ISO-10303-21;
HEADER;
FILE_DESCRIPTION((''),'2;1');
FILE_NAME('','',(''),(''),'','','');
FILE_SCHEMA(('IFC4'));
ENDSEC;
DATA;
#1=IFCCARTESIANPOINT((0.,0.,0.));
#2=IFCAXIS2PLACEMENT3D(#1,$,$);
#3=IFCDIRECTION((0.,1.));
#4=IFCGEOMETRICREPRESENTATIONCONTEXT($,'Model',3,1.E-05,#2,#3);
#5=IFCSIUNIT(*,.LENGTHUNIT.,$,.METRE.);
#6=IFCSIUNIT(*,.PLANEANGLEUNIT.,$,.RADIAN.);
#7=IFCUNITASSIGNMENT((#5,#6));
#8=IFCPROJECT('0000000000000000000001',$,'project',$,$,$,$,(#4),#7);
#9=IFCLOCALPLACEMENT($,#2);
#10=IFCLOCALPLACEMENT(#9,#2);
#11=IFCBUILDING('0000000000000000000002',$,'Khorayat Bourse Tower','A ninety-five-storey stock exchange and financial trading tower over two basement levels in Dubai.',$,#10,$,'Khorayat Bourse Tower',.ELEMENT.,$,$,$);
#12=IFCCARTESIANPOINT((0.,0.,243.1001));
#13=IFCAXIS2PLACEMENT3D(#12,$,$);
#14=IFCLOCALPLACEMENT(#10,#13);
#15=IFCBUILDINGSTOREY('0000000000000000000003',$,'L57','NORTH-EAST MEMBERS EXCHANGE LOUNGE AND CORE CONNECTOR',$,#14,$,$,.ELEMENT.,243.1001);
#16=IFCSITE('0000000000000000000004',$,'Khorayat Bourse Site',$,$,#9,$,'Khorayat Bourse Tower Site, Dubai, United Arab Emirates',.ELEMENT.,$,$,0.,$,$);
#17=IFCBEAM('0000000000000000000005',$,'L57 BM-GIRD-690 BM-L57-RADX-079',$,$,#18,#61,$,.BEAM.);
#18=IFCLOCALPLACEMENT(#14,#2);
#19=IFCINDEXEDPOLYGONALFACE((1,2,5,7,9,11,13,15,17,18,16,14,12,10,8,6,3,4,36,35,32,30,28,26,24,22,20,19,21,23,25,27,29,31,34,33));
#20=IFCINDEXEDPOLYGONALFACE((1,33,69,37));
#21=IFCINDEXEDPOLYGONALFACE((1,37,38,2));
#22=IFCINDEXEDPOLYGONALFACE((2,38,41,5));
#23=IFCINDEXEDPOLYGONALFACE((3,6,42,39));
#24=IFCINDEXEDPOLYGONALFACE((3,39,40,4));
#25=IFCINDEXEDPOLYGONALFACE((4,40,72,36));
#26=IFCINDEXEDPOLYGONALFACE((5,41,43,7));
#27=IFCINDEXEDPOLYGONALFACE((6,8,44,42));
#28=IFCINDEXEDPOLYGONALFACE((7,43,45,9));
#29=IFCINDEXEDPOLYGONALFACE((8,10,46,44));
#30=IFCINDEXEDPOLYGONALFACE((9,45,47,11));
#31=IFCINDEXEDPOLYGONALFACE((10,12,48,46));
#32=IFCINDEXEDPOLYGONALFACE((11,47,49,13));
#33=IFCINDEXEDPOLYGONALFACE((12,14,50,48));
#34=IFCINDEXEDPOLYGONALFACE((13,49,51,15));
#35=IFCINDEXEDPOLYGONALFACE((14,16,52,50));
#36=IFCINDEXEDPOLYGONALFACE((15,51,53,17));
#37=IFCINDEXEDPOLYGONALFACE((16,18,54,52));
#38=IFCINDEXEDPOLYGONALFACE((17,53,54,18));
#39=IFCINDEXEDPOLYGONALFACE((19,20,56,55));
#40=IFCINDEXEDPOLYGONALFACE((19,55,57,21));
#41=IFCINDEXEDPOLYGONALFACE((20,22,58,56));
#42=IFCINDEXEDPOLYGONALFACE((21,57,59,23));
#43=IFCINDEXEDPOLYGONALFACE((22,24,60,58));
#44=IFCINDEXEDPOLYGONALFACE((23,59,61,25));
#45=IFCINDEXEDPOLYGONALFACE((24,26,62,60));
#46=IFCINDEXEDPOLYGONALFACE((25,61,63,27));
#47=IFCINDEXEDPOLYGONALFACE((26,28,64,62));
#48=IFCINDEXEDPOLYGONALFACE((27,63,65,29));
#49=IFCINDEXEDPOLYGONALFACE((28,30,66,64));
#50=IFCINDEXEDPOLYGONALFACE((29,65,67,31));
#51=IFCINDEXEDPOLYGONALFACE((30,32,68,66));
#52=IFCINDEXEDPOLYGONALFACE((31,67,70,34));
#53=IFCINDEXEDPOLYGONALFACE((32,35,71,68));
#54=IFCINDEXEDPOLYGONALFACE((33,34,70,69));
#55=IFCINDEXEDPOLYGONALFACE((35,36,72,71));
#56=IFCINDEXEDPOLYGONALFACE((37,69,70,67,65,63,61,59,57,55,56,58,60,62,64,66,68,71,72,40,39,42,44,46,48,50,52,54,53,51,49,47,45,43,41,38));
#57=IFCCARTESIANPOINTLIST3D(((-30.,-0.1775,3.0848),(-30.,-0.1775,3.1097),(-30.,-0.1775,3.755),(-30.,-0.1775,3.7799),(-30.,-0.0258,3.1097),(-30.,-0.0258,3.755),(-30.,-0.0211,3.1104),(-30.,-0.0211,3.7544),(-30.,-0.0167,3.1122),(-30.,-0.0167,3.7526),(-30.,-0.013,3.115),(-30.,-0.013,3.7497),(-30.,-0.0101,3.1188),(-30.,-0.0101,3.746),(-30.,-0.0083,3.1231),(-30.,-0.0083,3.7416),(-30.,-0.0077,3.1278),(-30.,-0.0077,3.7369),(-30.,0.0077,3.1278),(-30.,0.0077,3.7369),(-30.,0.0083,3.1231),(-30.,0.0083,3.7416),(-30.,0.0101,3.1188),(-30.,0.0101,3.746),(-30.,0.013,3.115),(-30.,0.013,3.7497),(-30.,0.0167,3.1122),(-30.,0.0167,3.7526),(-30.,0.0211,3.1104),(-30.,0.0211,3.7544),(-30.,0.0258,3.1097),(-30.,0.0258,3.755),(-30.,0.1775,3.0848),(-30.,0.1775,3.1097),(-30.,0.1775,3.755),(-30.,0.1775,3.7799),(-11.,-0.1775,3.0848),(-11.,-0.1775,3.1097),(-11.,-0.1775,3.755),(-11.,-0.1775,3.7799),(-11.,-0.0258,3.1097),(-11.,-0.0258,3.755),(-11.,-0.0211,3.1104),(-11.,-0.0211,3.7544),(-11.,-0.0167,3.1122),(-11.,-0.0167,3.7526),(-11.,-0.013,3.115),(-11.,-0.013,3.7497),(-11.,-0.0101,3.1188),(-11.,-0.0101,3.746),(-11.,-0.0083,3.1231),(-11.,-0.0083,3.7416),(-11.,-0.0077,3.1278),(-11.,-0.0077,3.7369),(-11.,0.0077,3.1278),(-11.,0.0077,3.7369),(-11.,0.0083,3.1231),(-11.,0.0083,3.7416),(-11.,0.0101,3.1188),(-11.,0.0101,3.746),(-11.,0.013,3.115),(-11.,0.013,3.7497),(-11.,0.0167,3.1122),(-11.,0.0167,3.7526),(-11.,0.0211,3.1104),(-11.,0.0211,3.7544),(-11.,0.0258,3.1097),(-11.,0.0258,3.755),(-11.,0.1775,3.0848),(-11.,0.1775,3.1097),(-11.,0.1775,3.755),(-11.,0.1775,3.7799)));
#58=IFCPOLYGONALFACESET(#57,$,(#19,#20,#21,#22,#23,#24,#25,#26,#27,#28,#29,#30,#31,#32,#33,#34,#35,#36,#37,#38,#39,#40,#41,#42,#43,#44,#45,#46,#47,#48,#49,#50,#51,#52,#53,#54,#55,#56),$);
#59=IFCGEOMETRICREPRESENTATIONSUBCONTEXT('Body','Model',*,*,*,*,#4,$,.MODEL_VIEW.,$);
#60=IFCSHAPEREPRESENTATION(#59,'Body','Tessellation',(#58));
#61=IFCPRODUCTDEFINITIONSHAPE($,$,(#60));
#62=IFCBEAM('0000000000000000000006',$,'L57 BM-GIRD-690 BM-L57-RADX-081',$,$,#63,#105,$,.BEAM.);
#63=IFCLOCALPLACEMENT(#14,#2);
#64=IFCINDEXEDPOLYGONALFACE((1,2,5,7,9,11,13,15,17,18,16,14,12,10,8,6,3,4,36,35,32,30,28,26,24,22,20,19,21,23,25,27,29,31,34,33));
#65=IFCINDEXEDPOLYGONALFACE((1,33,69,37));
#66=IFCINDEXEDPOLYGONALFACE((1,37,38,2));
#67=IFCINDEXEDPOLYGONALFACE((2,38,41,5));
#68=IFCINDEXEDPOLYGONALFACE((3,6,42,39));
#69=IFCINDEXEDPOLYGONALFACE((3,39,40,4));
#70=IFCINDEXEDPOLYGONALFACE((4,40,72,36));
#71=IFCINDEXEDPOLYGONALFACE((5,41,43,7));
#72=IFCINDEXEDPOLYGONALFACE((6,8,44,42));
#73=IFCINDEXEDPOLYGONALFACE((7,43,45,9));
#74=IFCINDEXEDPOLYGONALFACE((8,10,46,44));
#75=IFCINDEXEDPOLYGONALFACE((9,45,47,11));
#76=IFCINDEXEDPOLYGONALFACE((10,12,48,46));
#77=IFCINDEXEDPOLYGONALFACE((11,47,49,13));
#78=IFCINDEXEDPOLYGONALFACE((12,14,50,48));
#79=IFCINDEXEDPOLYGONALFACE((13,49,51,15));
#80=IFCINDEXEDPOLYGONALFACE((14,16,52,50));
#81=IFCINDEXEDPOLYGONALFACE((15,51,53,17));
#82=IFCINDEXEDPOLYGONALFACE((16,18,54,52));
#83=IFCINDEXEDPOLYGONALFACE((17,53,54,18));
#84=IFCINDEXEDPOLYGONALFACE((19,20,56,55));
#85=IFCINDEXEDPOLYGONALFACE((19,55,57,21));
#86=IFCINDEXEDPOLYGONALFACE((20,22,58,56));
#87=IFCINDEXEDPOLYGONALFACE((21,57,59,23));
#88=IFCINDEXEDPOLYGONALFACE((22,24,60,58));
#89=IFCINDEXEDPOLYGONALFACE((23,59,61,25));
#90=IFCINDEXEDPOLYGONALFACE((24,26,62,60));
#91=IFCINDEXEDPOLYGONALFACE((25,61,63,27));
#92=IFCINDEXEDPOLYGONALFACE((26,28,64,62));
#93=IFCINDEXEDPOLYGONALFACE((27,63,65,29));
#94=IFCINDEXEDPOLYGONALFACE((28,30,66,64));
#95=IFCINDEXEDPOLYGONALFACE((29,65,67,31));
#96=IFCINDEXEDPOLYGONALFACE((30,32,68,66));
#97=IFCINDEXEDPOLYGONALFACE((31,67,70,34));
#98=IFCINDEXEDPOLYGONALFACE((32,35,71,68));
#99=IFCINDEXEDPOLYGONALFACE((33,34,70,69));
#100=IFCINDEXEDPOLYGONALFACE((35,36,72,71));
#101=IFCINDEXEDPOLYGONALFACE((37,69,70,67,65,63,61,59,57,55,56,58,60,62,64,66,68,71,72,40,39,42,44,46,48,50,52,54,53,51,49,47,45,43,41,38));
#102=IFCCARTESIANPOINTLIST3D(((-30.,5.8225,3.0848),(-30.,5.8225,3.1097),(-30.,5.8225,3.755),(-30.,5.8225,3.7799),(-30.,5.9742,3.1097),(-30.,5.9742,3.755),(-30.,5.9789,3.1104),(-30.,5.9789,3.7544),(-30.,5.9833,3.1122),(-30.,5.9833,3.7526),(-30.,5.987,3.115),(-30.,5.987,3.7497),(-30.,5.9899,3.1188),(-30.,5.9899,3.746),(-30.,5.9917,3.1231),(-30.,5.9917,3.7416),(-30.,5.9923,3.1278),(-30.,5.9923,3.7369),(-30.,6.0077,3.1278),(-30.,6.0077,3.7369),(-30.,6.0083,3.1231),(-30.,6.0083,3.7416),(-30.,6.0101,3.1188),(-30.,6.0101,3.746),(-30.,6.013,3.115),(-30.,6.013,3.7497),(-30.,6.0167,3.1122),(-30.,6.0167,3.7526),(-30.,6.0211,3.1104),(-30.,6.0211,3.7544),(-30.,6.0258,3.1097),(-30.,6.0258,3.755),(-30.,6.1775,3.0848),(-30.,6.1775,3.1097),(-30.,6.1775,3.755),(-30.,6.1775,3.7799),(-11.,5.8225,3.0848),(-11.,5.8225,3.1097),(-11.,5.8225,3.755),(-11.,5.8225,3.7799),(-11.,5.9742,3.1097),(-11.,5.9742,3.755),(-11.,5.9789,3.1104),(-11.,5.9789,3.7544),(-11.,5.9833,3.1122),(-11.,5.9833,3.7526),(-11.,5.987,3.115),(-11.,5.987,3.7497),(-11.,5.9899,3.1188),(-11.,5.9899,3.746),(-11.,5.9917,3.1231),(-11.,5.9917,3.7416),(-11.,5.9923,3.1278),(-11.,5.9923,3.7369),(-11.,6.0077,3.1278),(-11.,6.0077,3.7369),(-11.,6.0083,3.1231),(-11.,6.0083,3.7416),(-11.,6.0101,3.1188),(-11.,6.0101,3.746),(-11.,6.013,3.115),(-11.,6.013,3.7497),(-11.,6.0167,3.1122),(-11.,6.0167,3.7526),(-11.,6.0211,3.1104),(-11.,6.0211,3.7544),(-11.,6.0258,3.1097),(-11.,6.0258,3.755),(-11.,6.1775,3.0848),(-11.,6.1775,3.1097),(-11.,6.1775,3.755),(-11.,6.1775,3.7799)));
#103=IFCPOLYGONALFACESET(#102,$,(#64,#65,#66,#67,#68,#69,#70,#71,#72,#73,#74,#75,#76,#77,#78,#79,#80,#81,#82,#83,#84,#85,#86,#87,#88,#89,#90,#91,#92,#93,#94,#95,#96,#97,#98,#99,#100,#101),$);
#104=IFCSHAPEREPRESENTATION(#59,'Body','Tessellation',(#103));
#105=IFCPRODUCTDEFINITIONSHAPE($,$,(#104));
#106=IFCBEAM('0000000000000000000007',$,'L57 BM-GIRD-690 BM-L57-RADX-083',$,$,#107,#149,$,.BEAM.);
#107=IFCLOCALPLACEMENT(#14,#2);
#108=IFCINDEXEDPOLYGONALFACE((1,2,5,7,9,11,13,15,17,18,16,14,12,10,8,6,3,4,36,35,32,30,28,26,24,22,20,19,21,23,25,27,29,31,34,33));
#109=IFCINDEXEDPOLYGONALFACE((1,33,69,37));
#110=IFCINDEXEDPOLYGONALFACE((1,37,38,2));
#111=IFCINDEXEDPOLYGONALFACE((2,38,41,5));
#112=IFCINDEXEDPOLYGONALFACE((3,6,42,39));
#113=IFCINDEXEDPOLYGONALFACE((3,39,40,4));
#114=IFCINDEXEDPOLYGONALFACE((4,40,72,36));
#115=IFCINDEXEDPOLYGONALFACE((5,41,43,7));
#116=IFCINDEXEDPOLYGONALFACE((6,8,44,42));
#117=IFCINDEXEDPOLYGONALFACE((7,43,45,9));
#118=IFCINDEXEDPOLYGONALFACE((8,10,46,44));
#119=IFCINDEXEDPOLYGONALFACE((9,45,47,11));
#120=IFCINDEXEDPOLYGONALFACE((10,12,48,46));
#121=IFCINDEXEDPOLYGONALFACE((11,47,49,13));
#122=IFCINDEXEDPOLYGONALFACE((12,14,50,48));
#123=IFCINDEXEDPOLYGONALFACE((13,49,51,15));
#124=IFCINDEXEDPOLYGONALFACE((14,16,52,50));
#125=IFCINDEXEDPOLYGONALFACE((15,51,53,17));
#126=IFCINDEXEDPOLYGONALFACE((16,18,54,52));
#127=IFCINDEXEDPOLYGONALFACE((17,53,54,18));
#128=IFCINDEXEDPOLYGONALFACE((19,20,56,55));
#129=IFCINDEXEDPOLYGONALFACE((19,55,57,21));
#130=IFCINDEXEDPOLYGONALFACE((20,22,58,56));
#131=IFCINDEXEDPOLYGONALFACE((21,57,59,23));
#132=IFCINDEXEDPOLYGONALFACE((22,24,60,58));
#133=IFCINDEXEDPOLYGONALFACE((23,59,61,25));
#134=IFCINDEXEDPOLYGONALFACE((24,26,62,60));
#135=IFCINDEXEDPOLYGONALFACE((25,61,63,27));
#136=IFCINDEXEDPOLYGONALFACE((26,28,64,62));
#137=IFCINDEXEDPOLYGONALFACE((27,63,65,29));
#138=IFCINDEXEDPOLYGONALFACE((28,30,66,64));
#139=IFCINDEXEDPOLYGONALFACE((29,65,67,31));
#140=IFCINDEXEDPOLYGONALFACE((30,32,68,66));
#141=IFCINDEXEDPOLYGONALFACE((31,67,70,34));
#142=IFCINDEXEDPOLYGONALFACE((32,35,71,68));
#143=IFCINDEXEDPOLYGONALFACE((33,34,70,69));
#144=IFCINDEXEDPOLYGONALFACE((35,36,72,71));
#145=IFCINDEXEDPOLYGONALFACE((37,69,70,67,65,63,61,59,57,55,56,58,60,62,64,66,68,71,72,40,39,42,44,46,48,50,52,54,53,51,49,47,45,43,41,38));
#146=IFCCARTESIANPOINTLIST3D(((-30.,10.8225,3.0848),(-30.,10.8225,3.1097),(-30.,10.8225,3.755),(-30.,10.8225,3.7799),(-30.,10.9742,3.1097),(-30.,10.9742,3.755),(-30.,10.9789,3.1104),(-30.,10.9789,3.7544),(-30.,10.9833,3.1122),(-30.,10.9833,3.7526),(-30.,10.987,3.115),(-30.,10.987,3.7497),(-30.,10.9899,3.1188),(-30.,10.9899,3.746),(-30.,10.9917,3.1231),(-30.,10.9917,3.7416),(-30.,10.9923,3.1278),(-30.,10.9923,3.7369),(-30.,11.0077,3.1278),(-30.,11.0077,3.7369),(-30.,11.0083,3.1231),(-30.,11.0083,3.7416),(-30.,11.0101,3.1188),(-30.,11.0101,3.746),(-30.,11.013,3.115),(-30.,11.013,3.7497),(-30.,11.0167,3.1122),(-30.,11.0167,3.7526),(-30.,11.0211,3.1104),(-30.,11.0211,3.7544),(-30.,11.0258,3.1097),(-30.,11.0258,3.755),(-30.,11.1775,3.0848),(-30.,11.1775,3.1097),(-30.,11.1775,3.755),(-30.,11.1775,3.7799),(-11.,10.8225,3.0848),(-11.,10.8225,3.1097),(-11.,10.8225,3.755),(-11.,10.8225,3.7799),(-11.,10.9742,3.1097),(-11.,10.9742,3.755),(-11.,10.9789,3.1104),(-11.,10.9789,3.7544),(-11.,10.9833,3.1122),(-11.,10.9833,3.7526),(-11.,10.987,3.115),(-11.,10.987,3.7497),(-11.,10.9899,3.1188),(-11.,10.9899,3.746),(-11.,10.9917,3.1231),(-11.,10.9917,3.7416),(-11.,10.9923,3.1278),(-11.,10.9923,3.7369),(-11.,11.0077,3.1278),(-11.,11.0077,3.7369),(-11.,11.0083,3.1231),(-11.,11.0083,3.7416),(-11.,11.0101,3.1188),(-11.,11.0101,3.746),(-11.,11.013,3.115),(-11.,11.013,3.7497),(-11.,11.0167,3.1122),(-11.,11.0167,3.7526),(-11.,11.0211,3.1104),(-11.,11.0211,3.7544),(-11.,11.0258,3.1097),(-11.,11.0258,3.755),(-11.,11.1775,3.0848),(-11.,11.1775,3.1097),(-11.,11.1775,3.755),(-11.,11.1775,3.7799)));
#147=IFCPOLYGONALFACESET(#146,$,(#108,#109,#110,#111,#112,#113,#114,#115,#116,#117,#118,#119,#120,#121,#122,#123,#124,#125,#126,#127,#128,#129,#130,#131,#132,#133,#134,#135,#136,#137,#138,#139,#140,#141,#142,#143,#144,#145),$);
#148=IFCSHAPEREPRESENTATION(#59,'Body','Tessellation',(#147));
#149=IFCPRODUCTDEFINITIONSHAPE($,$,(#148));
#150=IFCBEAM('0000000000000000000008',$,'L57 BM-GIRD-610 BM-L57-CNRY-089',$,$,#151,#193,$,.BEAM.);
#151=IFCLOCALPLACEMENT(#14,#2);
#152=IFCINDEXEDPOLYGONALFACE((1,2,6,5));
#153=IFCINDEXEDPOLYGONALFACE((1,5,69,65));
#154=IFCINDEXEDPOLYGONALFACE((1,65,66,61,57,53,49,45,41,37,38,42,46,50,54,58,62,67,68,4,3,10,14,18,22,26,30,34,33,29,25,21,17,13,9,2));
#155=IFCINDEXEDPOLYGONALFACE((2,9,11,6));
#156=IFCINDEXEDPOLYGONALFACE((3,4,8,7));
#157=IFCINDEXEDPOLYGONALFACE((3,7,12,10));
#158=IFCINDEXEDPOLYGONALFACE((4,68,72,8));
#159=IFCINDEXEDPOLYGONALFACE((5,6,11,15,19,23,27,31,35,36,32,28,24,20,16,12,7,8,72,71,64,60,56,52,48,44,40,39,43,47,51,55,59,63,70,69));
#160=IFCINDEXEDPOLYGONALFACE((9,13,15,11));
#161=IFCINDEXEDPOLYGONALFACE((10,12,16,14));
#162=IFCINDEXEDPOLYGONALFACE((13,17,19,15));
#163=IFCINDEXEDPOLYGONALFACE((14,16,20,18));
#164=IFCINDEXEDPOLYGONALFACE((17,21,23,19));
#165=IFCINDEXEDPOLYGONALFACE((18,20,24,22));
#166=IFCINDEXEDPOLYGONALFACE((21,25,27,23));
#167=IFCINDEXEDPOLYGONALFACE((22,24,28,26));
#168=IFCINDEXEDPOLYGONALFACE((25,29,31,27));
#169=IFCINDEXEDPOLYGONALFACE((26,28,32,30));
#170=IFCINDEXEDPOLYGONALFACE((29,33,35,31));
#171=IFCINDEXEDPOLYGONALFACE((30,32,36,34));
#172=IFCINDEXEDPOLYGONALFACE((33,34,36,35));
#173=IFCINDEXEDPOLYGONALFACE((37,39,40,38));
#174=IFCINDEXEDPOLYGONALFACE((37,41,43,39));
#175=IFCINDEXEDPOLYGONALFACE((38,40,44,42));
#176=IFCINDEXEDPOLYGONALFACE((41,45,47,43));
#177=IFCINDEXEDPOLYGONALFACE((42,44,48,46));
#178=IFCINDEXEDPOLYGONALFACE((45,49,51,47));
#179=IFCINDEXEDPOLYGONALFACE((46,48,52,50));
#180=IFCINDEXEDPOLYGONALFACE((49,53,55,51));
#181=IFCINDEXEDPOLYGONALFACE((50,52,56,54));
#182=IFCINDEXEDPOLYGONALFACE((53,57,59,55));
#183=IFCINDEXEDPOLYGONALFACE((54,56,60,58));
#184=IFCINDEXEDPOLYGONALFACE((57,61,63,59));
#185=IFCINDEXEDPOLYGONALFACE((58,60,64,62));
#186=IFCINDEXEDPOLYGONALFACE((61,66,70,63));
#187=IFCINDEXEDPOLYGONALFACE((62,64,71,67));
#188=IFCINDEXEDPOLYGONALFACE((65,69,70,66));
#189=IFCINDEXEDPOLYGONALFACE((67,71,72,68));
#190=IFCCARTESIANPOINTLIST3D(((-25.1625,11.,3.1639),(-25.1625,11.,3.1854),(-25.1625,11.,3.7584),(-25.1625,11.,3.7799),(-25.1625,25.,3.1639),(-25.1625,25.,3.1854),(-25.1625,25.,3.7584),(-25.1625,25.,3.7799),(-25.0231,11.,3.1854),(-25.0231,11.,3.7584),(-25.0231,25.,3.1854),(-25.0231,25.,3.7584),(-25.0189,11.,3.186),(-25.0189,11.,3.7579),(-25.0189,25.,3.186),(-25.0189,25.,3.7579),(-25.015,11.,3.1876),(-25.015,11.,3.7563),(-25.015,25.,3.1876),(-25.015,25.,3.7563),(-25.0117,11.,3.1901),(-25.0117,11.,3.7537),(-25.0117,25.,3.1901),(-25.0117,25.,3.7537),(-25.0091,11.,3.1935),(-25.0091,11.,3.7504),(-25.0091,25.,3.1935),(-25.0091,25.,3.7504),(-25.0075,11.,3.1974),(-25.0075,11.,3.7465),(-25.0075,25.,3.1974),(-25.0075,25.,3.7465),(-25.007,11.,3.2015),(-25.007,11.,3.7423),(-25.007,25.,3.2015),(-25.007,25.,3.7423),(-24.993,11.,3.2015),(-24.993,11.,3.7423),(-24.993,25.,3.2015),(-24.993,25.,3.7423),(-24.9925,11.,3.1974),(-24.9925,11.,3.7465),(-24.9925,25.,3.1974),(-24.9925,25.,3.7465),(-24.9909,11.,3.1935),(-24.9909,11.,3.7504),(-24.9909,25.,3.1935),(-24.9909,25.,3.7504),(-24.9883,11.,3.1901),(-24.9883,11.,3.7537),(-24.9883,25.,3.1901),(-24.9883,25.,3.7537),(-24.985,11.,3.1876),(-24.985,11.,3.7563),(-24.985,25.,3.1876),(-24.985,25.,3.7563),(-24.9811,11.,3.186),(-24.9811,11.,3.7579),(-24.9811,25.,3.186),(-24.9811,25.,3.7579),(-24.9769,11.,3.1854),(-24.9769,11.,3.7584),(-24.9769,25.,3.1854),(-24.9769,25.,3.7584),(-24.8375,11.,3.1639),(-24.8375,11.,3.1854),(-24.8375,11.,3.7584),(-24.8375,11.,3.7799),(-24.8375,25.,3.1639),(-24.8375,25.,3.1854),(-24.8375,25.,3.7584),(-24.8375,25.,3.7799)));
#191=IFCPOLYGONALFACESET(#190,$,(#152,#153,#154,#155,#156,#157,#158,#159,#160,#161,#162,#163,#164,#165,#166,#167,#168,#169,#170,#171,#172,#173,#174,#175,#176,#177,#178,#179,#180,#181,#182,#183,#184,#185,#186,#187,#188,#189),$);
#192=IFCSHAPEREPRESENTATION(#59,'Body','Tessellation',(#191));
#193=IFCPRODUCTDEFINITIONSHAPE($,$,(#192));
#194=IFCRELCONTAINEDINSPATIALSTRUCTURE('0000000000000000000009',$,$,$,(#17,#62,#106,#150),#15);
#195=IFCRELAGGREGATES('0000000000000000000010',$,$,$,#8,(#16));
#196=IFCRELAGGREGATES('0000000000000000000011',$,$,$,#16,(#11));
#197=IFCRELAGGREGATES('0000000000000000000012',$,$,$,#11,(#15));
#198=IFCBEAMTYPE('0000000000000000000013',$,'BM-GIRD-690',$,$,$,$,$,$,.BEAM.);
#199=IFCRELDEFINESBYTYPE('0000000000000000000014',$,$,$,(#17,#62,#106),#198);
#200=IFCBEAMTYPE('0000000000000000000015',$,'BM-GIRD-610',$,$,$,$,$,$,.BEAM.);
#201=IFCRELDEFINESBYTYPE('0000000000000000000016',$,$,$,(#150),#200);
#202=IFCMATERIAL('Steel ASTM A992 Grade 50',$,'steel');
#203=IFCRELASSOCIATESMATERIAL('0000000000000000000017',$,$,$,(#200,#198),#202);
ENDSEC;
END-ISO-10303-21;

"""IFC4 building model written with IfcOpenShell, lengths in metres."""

from ifc_helpers import new_model, si_unit, direction, frame, origin, origin_2d, place, context, subcontext, project, spatial, i_section, extrude, source, transform, mapped, material, material_profile, profile_set, type_object, element, save


model = new_model("IFC4")

# Units and contexts
model_context = context("Model", 3, precision=1e-05, world=origin(), true_north=direction((0.0, 1.0)))
body_context = subcontext(model_context, "Body", "Model", "MODEL_VIEW")
ifc_project = project(units=[si_unit("LENGTHUNIT", "METRE"), si_unit("PLANEANGLEUNIT", "RADIAN")], contexts=[model_context])

# Site, building, storey
site_placement = place(None, origin())
site = spatial("IfcSite", under=ifc_project, at=site_placement, Name="Khorayat Bourse Site", LongName="Khorayat Bourse Tower Site, Dubai, United Arab Emirates", CompositionType="ELEMENT", RefElevation=0.0)
building_placement = place(site_placement, origin())
building = spatial("IfcBuilding", under=site, at=building_placement, Name="Khorayat Bourse Tower", Description="A ninety-five-storey stock exchange and financial trading tower over two basement levels in Dubai.", LongName="Khorayat Bourse Tower", CompositionType="ELEMENT")
storey_placement = place(building_placement, frame((0.0, 0.0, 243.1001)))
storey = spatial("IfcBuildingStorey", under=building, at=storey_placement, Name="L57", Description="NORTH-EAST MEMBERS EXCHANGE LOUNGE AND CORE CONNECTOR", CompositionType="ELEMENT", Elevation=243.1001)

# Beams
ifc_material_1 = material(Name="Steel ASTM A992 Grade 50", Category="steel")
ifc_material_profile_1 = material_profile(ifc_material_1, i_section(OverallWidth=0.325, OverallDepth=0.616, WebThickness=0.0139, FlangeThickness=0.0215, FilletRadius=0.0161, at=origin_2d()), Name="W610X174")
ifc_profile_set_1 = profile_set([ifc_material_profile_1], Name="Steel ASTM A992 Grade 50")
beam_type_1 = type_object("IfcBeamType", Name="BM-GIRD-610", PredefinedType="BEAM", material=ifc_profile_set_1)
ifc_material_profile_2 = material_profile(ifc_material_1, i_section(OverallWidth=0.355, OverallDepth=0.6951, WebThickness=0.0154, FlangeThickness=0.0249, FilletRadius=0.0181, at=origin_2d()), Name="W690X217")
ifc_profile_set_2 = profile_set([ifc_material_profile_2], Name="Steel ASTM A992 Grade 50")
beam_type_2 = type_object("IfcBeamType", Name="BM-GIRD-690", PredefinedType="BEAM", material=ifc_profile_set_2)
shared_shape_1 = source(origin(), body_context, "Body", "SweptSolid", [
    extrude(i_section(OverallWidth=0.355, OverallDepth=0.6951, WebThickness=0.0154, FlangeThickness=0.0249, FilletRadius=0.0181, at=origin_2d()), origin(), (0.0, 0.0, 1.0), 19.0),
])
for number, where, z_axis, x_axis, name in (
    (1, (-30.0, 0.0, 3.4324), (1.0, 0.0, 0.0), (0.0, 1.0, 0.0), "L57 BM-GIRD-690 BM-L57-RADX-079"),
    (2, (-30.0, 6.0, 3.4324), (1.0, 0.0, 0.0), (0.0, 1.0, 0.0), "L57 BM-GIRD-690 BM-L57-RADX-081"),
    (3, (-30.0, 11.0, 3.4324), (1.0, 0.0, 0.0), (0.0, 1.0, 0.0), "L57 BM-GIRD-690 BM-L57-RADX-083"),
):
    element("IfcBeam", number, at=place(storey_placement, frame(where, z_axis=z_axis, x_axis=x_axis)), inside=storey, type_object=beam_type_2, Name=name, PredefinedType="BEAM", context=body_context, shape_type="MappedRepresentation", body=[
        mapped(shared_shape_1, transform((0.0, 0.0, 0.0), scale=1.0)),
    ])
shared_shape_2 = source(origin(), body_context, "Body", "SweptSolid", [
    extrude(i_section(OverallWidth=0.325, OverallDepth=0.616, WebThickness=0.0139, FlangeThickness=0.0215, FilletRadius=0.0161, at=origin_2d()), origin(), (0.0, 0.0, 1.0), 14.0),
])
beam_1_placement = place(storey_placement, frame((-25.0, 11.0, 3.4719), z_axis=(0.0, 1.0, 0.0), x_axis=(-1.0, 0.0, 0.0)))
element("IfcBeam", 4, at=beam_1_placement, inside=storey, type_object=beam_type_1, Name="L57 BM-GIRD-610 BM-L57-CNRY-089", PredefinedType="BEAM", context=body_context, shape_type="MappedRepresentation", body=[
    mapped(shared_shape_2, transform((0.0, 0.0, 0.0), scale=1.0)),
])

save(model, "model.ifc")
